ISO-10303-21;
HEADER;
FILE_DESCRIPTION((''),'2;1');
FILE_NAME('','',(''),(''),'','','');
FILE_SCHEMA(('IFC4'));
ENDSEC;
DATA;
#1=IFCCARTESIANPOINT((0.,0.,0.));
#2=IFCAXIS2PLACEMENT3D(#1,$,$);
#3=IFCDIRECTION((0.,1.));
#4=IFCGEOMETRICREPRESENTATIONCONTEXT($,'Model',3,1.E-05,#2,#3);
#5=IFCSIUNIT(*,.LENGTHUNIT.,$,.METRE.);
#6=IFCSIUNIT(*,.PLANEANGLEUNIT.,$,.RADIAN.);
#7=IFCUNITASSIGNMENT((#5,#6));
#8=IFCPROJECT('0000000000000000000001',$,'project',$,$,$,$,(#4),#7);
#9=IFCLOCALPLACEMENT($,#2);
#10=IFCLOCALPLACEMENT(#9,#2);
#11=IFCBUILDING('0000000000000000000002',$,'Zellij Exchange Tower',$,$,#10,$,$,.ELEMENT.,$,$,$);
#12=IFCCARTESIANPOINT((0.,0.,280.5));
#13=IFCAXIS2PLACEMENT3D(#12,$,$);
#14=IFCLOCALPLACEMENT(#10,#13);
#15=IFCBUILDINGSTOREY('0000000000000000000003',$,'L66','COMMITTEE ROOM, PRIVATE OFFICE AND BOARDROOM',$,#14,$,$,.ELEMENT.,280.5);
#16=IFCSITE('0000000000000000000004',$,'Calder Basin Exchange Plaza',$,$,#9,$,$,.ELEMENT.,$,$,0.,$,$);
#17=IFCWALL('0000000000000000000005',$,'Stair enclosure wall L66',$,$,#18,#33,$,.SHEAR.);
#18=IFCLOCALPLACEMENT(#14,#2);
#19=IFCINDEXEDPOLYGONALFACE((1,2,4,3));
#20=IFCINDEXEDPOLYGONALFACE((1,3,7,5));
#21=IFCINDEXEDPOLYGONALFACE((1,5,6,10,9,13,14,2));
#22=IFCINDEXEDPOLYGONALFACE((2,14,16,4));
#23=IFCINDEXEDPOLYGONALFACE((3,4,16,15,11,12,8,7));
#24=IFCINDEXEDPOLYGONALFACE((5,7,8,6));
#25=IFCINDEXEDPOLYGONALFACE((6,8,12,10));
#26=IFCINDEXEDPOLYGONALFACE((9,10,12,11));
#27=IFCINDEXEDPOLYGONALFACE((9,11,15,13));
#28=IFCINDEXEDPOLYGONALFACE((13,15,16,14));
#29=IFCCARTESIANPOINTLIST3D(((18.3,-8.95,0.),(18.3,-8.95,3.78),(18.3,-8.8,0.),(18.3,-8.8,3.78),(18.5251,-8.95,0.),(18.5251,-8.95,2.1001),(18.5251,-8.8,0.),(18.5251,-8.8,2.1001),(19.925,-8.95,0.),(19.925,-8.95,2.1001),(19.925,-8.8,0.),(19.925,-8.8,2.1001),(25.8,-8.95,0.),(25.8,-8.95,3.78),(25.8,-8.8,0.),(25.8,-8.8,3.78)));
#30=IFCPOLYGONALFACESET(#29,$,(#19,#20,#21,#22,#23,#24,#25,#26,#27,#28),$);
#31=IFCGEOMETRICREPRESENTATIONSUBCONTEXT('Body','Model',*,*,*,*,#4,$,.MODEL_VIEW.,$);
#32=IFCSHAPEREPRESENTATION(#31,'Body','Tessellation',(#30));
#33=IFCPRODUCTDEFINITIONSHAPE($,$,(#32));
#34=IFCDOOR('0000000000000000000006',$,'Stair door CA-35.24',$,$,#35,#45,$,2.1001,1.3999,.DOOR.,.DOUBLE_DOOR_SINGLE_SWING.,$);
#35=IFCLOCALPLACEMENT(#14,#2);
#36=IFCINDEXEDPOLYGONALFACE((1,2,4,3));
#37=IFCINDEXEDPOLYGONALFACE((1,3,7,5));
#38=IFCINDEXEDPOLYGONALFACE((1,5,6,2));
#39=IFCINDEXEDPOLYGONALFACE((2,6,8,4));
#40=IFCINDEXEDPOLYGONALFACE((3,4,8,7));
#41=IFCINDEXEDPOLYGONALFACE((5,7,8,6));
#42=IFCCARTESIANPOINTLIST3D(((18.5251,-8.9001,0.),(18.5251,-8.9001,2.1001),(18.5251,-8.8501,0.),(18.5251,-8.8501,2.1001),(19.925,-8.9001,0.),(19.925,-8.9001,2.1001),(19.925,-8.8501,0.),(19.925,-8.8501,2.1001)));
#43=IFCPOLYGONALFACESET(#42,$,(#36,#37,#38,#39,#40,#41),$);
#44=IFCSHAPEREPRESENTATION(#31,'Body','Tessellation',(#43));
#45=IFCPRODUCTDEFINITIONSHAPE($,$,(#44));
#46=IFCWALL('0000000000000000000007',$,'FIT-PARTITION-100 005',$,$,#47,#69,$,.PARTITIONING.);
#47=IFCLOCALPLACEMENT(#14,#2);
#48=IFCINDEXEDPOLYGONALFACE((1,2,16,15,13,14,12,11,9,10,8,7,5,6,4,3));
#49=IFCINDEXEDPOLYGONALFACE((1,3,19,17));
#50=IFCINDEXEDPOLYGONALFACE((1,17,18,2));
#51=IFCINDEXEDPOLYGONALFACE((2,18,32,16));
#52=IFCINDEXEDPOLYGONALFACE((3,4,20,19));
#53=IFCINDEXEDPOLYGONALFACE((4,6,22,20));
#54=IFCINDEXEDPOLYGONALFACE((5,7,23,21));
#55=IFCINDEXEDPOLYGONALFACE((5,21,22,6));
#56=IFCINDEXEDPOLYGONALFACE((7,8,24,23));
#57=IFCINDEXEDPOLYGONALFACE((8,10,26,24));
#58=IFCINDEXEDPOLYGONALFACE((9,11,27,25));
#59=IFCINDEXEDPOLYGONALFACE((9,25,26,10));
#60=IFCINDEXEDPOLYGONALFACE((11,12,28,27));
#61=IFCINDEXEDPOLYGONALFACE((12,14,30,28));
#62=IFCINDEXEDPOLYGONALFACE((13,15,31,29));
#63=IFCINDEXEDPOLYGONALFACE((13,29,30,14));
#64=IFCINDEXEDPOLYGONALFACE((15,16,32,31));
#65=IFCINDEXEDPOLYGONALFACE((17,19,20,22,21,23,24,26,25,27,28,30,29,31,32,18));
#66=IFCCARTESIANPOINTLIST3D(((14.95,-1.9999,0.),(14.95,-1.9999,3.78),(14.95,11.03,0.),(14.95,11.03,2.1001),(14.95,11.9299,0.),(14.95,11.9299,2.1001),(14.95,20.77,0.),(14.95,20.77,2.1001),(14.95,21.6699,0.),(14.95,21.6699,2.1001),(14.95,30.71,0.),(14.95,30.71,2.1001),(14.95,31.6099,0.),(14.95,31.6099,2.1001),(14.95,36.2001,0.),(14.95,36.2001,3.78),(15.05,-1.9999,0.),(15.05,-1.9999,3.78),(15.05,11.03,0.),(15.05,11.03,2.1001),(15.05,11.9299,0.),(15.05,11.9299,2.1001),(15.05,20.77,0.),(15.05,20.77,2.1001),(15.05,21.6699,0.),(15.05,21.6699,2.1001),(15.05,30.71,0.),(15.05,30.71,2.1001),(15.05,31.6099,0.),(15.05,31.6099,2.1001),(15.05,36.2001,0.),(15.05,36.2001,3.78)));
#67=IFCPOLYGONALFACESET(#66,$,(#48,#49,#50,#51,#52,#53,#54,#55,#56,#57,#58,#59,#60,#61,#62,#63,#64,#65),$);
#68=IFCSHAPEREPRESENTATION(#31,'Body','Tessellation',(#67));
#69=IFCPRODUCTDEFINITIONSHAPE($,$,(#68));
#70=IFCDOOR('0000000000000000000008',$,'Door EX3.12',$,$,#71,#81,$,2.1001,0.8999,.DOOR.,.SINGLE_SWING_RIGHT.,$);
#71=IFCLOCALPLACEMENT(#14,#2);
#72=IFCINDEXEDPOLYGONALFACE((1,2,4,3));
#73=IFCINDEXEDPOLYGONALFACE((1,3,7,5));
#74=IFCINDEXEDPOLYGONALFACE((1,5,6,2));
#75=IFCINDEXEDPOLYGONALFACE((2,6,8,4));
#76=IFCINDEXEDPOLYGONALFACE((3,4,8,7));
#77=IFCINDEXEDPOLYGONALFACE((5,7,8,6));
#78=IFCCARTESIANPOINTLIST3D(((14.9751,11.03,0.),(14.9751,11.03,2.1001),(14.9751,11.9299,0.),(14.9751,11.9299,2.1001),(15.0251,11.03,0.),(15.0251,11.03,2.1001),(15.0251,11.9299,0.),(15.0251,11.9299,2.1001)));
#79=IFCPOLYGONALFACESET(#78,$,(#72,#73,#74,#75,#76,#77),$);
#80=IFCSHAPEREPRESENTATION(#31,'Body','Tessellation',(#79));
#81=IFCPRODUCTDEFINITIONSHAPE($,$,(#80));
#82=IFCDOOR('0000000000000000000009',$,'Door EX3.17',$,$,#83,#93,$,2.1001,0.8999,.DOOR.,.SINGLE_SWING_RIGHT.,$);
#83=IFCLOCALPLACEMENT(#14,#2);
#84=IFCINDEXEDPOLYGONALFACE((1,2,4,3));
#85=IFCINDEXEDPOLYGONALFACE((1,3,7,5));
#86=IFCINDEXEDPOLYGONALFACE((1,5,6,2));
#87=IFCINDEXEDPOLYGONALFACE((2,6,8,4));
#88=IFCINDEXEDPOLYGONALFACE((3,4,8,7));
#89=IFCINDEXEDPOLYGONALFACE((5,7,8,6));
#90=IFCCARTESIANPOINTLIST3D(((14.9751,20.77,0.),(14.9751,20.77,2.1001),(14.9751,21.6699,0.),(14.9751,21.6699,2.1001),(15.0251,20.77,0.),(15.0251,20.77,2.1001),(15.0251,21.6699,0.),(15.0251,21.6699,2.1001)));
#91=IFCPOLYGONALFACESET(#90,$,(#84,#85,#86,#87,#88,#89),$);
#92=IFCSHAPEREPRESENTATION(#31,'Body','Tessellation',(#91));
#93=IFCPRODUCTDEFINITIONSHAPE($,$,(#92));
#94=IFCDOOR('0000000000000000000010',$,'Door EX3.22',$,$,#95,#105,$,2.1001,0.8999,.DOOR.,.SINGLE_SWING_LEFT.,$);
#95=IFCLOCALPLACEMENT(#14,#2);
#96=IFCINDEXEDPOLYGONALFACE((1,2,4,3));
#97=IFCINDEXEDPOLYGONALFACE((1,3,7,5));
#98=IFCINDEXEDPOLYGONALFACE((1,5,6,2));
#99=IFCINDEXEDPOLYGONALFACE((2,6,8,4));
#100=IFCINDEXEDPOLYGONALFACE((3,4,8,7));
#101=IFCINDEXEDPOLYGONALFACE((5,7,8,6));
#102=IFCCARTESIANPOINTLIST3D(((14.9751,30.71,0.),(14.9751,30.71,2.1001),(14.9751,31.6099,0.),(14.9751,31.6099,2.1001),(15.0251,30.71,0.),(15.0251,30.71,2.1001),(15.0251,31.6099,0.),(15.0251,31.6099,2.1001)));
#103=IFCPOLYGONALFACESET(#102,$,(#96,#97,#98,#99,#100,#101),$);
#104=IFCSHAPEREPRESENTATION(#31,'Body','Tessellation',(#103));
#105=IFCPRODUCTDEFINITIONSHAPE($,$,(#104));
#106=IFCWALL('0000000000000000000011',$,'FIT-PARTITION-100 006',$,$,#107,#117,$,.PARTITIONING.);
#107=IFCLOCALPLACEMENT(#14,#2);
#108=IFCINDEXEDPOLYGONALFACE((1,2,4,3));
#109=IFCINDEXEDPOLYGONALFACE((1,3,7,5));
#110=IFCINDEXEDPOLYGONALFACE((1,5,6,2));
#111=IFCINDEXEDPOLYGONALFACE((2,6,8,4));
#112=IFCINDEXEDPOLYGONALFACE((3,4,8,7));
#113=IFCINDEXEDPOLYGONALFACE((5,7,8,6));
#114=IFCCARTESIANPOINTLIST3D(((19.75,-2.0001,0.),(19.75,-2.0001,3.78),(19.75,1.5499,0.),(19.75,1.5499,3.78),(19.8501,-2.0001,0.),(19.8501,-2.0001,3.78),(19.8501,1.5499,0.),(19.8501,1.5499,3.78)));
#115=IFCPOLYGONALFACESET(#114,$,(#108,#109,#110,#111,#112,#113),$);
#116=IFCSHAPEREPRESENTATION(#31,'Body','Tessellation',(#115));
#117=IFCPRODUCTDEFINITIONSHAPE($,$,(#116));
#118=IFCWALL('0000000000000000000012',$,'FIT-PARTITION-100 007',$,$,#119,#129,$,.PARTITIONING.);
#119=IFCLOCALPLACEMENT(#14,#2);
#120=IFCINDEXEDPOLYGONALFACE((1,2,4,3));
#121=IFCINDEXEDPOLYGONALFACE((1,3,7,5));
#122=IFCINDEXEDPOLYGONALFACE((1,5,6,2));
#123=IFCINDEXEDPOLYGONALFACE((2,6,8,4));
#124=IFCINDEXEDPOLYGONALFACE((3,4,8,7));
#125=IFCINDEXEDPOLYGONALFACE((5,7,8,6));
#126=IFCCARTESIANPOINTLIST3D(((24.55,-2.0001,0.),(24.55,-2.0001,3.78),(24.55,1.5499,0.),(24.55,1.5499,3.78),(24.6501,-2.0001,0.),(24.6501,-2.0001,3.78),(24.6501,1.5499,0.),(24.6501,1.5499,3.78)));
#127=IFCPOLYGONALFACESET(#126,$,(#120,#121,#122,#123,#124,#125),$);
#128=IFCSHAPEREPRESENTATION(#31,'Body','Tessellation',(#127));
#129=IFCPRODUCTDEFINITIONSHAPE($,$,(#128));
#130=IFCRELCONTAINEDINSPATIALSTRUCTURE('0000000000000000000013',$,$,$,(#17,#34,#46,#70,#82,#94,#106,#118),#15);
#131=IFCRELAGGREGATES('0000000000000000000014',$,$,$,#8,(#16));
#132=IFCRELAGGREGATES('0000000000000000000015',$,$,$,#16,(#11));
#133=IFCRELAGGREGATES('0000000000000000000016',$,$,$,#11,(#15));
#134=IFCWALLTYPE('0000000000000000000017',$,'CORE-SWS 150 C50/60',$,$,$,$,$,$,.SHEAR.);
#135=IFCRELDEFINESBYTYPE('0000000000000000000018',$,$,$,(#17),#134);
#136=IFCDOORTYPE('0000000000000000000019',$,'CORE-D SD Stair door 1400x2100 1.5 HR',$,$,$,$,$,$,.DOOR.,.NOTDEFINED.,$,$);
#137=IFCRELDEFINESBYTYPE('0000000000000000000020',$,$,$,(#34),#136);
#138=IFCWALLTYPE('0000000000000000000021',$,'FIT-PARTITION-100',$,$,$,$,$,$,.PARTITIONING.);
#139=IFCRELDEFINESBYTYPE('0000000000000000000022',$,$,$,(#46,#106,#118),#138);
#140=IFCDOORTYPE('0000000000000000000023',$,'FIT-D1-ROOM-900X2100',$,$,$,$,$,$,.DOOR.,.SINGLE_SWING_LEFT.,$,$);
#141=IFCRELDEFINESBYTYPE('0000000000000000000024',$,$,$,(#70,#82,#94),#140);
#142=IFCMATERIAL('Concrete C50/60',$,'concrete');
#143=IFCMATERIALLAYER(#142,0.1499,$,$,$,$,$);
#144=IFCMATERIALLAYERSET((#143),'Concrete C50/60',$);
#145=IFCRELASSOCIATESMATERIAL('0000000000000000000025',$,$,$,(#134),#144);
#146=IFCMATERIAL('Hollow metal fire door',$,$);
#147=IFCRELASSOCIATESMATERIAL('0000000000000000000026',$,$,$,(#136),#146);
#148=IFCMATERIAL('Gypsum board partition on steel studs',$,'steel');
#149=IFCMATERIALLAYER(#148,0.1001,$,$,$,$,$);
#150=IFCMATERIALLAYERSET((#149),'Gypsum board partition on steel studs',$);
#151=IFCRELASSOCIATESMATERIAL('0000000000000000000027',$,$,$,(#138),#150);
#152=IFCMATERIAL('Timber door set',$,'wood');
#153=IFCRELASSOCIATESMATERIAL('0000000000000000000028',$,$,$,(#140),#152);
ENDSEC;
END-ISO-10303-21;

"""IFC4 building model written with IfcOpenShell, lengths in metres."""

from ifc_helpers import new_model, si_unit, direction, frame, frame_2d, origin, place, context, subcontext, project, spatial, rectangle, extrude, material, layer, layer_set, type_object, element, fill, save


model = new_model("IFC4")

# Units and contexts
model_context = context("Model", 3, precision=1e-05, world=origin(), true_north=direction((0.0, 1.0)))
body_context = subcontext(model_context, "Body", "Model", "MODEL_VIEW")
ifc_project = project(units=[si_unit("LENGTHUNIT", "METRE"), si_unit("PLANEANGLEUNIT", "RADIAN")], contexts=[model_context])

# Site, building, storey
site_placement = place(None, origin())
site = spatial("IfcSite", under=ifc_project, at=site_placement, Name="Calder Basin Exchange Plaza", CompositionType="ELEMENT", RefElevation=0.0)
building_placement = place(site_placement, origin())
building = spatial("IfcBuilding", under=site, at=building_placement, Name="Zellij Exchange Tower", CompositionType="ELEMENT")
storey_placement = place(building_placement, frame((0.0, 0.0, 280.5)))
storey = spatial("IfcBuildingStorey", under=building, at=storey_placement, Name="L66", Description="COMMITTEE ROOM, PRIVATE OFFICE AND BOARDROOM", CompositionType="ELEMENT", Elevation=280.5)

# Shared definitions
ifc_material_1 = material(Name="Hollow metal fire door")

# Wall, opening, door
ifc_material_2 = material(Name="Concrete C50/60", Category="concrete")
ifc_layer_1 = layer(ifc_material_2, 0.1499)
ifc_layer_set_1 = layer_set([ifc_layer_1], Name="Concrete C50/60")
wall_type_1 = type_object("IfcWallType", Name="CORE-SWS 150 C50/60", PredefinedType="SHEAR", material=ifc_layer_set_1)
wall_1_placement = place(storey_placement, frame((18.3, -8.875, 0.0), z_axis=(0.0, 0.0, 1.0), x_axis=(1.0, 0.0, 0.0)))
wall_1 = element("IfcWall", 1, at=wall_1_placement, inside=storey, type_object=wall_type_1, Name="Stair enclosure wall L66", PredefinedType="SHEAR", context=body_context, shape_type="SweptSolid", body=[
    extrude(rectangle(XDim=7.5, YDim=0.1499, at=frame_2d((3.75, 0.0))), origin(), (0.0, 0.0, 1.0), 3.78),
])
opening_1_placement = place(wall_1_placement, frame((0.2251, 0.0, 0.0)))
opening_1 = element("IfcOpeningElement", 2, at=opening_1_placement, cuts=wall_1, PredefinedType="OPENING", context=body_context, shape_type="SweptSolid", body=[
    extrude(rectangle(XDim=1.3999, YDim=2.1001, at=frame_2d((0.7, 1.05))), frame((0.0, 0.0869, 0.0), z_axis=(0.0, -1.0, 0.0), x_axis=(1.0, 0.0, 0.0)), (0.0, 0.0, 1.0), 0.1738),
])
door_type_1 = type_object("IfcDoorType", Name="CORE-D SD Stair door 1400x2100 1.5 HR", OperationType="NOTDEFINED", PredefinedType="DOOR", material=ifc_material_1)
door_1_placement = place(opening_1_placement, origin())
door_1 = element("IfcDoor", 3, at=door_1_placement, inside=storey, type_object=door_type_1, Name="Stair door CA-35.24", OperationType="DOUBLE_DOOR_SINGLE_SWING", OverallHeight=2.1001, OverallWidth=1.3999, PredefinedType="DOOR", context=body_context, shape_type="SweptSolid", body=[
    extrude(rectangle(XDim=1.3999, YDim=2.1001, at=frame_2d((0.7, 1.05))), frame((0.0, 0.0249, 0.0), z_axis=(0.0, -1.0, 0.0), x_axis=(1.0, 0.0, 0.0)), (0.0, 0.0, 1.0), 0.05),
])
fill(opening_1, door_1)

# Wall, openings, doors
ifc_material_3 = material(Name="Gypsum board partition on steel studs", Category="steel")
ifc_layer_2 = layer(ifc_material_3, 0.1001)
ifc_layer_set_2 = layer_set([ifc_layer_2], Name="Gypsum board partition on steel studs")
wall_type_2 = type_object("IfcWallType", Name="FIT-PARTITION-100", PredefinedType="PARTITIONING", material=ifc_layer_set_2)
wall_2_placement = place(storey_placement, frame((15.0, -2.0, 0.0), z_axis=(0.0, 0.0, 1.0), x_axis=(0.0, 1.0, 0.0)))
wall_2 = element("IfcWall", 4, at=wall_2_placement, inside=storey, type_object=wall_type_2, Name="FIT-PARTITION-100 005", PredefinedType="PARTITIONING", context=body_context, shape_type="SweptSolid", body=[
    extrude(rectangle(XDim=38.2, YDim=0.1001, at=frame_2d((19.1001, 0.0))), origin(), (0.0, 0.0, 1.0), 3.78),
])
opening_2_placement = place(wall_2_placement, frame((13.03, 0.0, 0.0)))
opening_2 = element("IfcOpeningElement", 5, at=opening_2_placement, cuts=wall_2, PredefinedType="OPENING", context=body_context, shape_type="SweptSolid", body=[
    extrude(rectangle(XDim=0.8999, YDim=2.1001, at=frame_2d((0.45, 1.05))), frame((0.0, 0.062, 0.0), z_axis=(0.0, -1.0, 0.0), x_axis=(1.0, 0.0, 0.0)), (0.0, 0.0, 1.0), 0.124),
])
opening_3_placement = place(wall_2_placement, frame((22.77, 0.0, 0.0)))
opening_3 = element("IfcOpeningElement", 6, at=opening_3_placement, cuts=wall_2, PredefinedType="OPENING", context=body_context, shape_type="SweptSolid", body=[
    extrude(rectangle(XDim=0.8999, YDim=2.1001, at=frame_2d((0.45, 1.05))), frame((0.0, 0.062, 0.0), z_axis=(0.0, -1.0, 0.0), x_axis=(1.0, 0.0, 0.0)), (0.0, 0.0, 1.0), 0.124),
])
opening_4_placement = place(wall_2_placement, frame((32.71, 0.0, 0.0)))
opening_4 = element("IfcOpeningElement", 7, at=opening_4_placement, cuts=wall_2, PredefinedType="OPENING", context=body_context, shape_type="SweptSolid", body=[
    extrude(rectangle(XDim=0.8999, YDim=2.1001, at=frame_2d((0.45, 1.05))), frame((0.0, 0.062, 0.0), z_axis=(0.0, -1.0, 0.0), x_axis=(1.0, 0.0, 0.0)), (0.0, 0.0, 1.0), 0.124),
])
ifc_material_4 = material(Name="Timber door set", Category="wood")
door_type_2 = type_object("IfcDoorType", Name="FIT-D1-ROOM-900X2100", OperationType="SINGLE_SWING_LEFT", PredefinedType="DOOR", material=ifc_material_4)
door_2_placement = place(opening_2_placement, origin())
door_2 = element("IfcDoor", 8, at=door_2_placement, inside=storey, type_object=door_type_2, Name="Door EX3.12", OperationType="SINGLE_SWING_RIGHT", OverallHeight=2.1001, OverallWidth=0.8999, PredefinedType="DOOR", context=body_context, shape_type="SweptSolid", body=[
    extrude(rectangle(XDim=0.8999, YDim=2.1001, at=frame_2d((0.45, 1.05))), frame((0.0, 0.0249, 0.0), z_axis=(0.0, -1.0, 0.0), x_axis=(1.0, 0.0, 0.0)), (0.0, 0.0, 1.0), 0.05),
])
fill(opening_2, door_2)
door_3_placement = place(opening_3_placement, origin())
door_3 = element("IfcDoor", 9, at=door_3_placement, inside=storey, type_object=door_type_2, Name="Door EX3.17", OperationType="SINGLE_SWING_RIGHT", OverallHeight=2.1001, OverallWidth=0.8999, PredefinedType="DOOR", context=body_context, shape_type="SweptSolid", body=[
    extrude(rectangle(XDim=0.8999, YDim=2.1001, at=frame_2d((0.45, 1.05))), frame((0.0, 0.0249, 0.0), z_axis=(0.0, -1.0, 0.0), x_axis=(1.0, 0.0, 0.0)), (0.0, 0.0, 1.0), 0.05),
])
fill(opening_3, door_3)
door_4_placement = place(opening_4_placement, origin())
door_4 = element("IfcDoor", 10, at=door_4_placement, inside=storey, type_object=door_type_2, Name="Door EX3.22", OperationType="SINGLE_SWING_LEFT", OverallHeight=2.1001, OverallWidth=0.8999, PredefinedType="DOOR", context=body_context, shape_type="SweptSolid", body=[
    extrude(rectangle(XDim=0.8999, YDim=2.1001, at=frame_2d((0.45, 1.05))), frame((0.0, 0.0249, 0.0), z_axis=(0.0, -1.0, 0.0), x_axis=(1.0, 0.0, 0.0)), (0.0, 0.0, 1.0), 0.05),
])
fill(opening_4, door_4)

# Walls
for number, where, z_axis, x_axis, name in (
    (11, (19.8, -2.0, 0.0), (0.0, 0.0, 1.0), (0.0, 1.0, 0.0), "FIT-PARTITION-100 006"),
    (12, (24.6001, -2.0, 0.0), (0.0, 0.0, 1.0), (0.0, 1.0, 0.0), "FIT-PARTITION-100 007"),
):
    element("IfcWall", number, at=place(storey_placement, frame(where, z_axis=z_axis, x_axis=x_axis)), inside=storey, type_object=wall_type_2, Name=name, PredefinedType="PARTITIONING", context=body_context, shape_type="SweptSolid", body=[
        extrude(rectangle(XDim=3.55, YDim=0.1001, at=frame_2d((1.7749, 0.0))), origin(), (0.0, 0.0, 1.0), 3.78),
    ])

save(model, "model.ifc")
